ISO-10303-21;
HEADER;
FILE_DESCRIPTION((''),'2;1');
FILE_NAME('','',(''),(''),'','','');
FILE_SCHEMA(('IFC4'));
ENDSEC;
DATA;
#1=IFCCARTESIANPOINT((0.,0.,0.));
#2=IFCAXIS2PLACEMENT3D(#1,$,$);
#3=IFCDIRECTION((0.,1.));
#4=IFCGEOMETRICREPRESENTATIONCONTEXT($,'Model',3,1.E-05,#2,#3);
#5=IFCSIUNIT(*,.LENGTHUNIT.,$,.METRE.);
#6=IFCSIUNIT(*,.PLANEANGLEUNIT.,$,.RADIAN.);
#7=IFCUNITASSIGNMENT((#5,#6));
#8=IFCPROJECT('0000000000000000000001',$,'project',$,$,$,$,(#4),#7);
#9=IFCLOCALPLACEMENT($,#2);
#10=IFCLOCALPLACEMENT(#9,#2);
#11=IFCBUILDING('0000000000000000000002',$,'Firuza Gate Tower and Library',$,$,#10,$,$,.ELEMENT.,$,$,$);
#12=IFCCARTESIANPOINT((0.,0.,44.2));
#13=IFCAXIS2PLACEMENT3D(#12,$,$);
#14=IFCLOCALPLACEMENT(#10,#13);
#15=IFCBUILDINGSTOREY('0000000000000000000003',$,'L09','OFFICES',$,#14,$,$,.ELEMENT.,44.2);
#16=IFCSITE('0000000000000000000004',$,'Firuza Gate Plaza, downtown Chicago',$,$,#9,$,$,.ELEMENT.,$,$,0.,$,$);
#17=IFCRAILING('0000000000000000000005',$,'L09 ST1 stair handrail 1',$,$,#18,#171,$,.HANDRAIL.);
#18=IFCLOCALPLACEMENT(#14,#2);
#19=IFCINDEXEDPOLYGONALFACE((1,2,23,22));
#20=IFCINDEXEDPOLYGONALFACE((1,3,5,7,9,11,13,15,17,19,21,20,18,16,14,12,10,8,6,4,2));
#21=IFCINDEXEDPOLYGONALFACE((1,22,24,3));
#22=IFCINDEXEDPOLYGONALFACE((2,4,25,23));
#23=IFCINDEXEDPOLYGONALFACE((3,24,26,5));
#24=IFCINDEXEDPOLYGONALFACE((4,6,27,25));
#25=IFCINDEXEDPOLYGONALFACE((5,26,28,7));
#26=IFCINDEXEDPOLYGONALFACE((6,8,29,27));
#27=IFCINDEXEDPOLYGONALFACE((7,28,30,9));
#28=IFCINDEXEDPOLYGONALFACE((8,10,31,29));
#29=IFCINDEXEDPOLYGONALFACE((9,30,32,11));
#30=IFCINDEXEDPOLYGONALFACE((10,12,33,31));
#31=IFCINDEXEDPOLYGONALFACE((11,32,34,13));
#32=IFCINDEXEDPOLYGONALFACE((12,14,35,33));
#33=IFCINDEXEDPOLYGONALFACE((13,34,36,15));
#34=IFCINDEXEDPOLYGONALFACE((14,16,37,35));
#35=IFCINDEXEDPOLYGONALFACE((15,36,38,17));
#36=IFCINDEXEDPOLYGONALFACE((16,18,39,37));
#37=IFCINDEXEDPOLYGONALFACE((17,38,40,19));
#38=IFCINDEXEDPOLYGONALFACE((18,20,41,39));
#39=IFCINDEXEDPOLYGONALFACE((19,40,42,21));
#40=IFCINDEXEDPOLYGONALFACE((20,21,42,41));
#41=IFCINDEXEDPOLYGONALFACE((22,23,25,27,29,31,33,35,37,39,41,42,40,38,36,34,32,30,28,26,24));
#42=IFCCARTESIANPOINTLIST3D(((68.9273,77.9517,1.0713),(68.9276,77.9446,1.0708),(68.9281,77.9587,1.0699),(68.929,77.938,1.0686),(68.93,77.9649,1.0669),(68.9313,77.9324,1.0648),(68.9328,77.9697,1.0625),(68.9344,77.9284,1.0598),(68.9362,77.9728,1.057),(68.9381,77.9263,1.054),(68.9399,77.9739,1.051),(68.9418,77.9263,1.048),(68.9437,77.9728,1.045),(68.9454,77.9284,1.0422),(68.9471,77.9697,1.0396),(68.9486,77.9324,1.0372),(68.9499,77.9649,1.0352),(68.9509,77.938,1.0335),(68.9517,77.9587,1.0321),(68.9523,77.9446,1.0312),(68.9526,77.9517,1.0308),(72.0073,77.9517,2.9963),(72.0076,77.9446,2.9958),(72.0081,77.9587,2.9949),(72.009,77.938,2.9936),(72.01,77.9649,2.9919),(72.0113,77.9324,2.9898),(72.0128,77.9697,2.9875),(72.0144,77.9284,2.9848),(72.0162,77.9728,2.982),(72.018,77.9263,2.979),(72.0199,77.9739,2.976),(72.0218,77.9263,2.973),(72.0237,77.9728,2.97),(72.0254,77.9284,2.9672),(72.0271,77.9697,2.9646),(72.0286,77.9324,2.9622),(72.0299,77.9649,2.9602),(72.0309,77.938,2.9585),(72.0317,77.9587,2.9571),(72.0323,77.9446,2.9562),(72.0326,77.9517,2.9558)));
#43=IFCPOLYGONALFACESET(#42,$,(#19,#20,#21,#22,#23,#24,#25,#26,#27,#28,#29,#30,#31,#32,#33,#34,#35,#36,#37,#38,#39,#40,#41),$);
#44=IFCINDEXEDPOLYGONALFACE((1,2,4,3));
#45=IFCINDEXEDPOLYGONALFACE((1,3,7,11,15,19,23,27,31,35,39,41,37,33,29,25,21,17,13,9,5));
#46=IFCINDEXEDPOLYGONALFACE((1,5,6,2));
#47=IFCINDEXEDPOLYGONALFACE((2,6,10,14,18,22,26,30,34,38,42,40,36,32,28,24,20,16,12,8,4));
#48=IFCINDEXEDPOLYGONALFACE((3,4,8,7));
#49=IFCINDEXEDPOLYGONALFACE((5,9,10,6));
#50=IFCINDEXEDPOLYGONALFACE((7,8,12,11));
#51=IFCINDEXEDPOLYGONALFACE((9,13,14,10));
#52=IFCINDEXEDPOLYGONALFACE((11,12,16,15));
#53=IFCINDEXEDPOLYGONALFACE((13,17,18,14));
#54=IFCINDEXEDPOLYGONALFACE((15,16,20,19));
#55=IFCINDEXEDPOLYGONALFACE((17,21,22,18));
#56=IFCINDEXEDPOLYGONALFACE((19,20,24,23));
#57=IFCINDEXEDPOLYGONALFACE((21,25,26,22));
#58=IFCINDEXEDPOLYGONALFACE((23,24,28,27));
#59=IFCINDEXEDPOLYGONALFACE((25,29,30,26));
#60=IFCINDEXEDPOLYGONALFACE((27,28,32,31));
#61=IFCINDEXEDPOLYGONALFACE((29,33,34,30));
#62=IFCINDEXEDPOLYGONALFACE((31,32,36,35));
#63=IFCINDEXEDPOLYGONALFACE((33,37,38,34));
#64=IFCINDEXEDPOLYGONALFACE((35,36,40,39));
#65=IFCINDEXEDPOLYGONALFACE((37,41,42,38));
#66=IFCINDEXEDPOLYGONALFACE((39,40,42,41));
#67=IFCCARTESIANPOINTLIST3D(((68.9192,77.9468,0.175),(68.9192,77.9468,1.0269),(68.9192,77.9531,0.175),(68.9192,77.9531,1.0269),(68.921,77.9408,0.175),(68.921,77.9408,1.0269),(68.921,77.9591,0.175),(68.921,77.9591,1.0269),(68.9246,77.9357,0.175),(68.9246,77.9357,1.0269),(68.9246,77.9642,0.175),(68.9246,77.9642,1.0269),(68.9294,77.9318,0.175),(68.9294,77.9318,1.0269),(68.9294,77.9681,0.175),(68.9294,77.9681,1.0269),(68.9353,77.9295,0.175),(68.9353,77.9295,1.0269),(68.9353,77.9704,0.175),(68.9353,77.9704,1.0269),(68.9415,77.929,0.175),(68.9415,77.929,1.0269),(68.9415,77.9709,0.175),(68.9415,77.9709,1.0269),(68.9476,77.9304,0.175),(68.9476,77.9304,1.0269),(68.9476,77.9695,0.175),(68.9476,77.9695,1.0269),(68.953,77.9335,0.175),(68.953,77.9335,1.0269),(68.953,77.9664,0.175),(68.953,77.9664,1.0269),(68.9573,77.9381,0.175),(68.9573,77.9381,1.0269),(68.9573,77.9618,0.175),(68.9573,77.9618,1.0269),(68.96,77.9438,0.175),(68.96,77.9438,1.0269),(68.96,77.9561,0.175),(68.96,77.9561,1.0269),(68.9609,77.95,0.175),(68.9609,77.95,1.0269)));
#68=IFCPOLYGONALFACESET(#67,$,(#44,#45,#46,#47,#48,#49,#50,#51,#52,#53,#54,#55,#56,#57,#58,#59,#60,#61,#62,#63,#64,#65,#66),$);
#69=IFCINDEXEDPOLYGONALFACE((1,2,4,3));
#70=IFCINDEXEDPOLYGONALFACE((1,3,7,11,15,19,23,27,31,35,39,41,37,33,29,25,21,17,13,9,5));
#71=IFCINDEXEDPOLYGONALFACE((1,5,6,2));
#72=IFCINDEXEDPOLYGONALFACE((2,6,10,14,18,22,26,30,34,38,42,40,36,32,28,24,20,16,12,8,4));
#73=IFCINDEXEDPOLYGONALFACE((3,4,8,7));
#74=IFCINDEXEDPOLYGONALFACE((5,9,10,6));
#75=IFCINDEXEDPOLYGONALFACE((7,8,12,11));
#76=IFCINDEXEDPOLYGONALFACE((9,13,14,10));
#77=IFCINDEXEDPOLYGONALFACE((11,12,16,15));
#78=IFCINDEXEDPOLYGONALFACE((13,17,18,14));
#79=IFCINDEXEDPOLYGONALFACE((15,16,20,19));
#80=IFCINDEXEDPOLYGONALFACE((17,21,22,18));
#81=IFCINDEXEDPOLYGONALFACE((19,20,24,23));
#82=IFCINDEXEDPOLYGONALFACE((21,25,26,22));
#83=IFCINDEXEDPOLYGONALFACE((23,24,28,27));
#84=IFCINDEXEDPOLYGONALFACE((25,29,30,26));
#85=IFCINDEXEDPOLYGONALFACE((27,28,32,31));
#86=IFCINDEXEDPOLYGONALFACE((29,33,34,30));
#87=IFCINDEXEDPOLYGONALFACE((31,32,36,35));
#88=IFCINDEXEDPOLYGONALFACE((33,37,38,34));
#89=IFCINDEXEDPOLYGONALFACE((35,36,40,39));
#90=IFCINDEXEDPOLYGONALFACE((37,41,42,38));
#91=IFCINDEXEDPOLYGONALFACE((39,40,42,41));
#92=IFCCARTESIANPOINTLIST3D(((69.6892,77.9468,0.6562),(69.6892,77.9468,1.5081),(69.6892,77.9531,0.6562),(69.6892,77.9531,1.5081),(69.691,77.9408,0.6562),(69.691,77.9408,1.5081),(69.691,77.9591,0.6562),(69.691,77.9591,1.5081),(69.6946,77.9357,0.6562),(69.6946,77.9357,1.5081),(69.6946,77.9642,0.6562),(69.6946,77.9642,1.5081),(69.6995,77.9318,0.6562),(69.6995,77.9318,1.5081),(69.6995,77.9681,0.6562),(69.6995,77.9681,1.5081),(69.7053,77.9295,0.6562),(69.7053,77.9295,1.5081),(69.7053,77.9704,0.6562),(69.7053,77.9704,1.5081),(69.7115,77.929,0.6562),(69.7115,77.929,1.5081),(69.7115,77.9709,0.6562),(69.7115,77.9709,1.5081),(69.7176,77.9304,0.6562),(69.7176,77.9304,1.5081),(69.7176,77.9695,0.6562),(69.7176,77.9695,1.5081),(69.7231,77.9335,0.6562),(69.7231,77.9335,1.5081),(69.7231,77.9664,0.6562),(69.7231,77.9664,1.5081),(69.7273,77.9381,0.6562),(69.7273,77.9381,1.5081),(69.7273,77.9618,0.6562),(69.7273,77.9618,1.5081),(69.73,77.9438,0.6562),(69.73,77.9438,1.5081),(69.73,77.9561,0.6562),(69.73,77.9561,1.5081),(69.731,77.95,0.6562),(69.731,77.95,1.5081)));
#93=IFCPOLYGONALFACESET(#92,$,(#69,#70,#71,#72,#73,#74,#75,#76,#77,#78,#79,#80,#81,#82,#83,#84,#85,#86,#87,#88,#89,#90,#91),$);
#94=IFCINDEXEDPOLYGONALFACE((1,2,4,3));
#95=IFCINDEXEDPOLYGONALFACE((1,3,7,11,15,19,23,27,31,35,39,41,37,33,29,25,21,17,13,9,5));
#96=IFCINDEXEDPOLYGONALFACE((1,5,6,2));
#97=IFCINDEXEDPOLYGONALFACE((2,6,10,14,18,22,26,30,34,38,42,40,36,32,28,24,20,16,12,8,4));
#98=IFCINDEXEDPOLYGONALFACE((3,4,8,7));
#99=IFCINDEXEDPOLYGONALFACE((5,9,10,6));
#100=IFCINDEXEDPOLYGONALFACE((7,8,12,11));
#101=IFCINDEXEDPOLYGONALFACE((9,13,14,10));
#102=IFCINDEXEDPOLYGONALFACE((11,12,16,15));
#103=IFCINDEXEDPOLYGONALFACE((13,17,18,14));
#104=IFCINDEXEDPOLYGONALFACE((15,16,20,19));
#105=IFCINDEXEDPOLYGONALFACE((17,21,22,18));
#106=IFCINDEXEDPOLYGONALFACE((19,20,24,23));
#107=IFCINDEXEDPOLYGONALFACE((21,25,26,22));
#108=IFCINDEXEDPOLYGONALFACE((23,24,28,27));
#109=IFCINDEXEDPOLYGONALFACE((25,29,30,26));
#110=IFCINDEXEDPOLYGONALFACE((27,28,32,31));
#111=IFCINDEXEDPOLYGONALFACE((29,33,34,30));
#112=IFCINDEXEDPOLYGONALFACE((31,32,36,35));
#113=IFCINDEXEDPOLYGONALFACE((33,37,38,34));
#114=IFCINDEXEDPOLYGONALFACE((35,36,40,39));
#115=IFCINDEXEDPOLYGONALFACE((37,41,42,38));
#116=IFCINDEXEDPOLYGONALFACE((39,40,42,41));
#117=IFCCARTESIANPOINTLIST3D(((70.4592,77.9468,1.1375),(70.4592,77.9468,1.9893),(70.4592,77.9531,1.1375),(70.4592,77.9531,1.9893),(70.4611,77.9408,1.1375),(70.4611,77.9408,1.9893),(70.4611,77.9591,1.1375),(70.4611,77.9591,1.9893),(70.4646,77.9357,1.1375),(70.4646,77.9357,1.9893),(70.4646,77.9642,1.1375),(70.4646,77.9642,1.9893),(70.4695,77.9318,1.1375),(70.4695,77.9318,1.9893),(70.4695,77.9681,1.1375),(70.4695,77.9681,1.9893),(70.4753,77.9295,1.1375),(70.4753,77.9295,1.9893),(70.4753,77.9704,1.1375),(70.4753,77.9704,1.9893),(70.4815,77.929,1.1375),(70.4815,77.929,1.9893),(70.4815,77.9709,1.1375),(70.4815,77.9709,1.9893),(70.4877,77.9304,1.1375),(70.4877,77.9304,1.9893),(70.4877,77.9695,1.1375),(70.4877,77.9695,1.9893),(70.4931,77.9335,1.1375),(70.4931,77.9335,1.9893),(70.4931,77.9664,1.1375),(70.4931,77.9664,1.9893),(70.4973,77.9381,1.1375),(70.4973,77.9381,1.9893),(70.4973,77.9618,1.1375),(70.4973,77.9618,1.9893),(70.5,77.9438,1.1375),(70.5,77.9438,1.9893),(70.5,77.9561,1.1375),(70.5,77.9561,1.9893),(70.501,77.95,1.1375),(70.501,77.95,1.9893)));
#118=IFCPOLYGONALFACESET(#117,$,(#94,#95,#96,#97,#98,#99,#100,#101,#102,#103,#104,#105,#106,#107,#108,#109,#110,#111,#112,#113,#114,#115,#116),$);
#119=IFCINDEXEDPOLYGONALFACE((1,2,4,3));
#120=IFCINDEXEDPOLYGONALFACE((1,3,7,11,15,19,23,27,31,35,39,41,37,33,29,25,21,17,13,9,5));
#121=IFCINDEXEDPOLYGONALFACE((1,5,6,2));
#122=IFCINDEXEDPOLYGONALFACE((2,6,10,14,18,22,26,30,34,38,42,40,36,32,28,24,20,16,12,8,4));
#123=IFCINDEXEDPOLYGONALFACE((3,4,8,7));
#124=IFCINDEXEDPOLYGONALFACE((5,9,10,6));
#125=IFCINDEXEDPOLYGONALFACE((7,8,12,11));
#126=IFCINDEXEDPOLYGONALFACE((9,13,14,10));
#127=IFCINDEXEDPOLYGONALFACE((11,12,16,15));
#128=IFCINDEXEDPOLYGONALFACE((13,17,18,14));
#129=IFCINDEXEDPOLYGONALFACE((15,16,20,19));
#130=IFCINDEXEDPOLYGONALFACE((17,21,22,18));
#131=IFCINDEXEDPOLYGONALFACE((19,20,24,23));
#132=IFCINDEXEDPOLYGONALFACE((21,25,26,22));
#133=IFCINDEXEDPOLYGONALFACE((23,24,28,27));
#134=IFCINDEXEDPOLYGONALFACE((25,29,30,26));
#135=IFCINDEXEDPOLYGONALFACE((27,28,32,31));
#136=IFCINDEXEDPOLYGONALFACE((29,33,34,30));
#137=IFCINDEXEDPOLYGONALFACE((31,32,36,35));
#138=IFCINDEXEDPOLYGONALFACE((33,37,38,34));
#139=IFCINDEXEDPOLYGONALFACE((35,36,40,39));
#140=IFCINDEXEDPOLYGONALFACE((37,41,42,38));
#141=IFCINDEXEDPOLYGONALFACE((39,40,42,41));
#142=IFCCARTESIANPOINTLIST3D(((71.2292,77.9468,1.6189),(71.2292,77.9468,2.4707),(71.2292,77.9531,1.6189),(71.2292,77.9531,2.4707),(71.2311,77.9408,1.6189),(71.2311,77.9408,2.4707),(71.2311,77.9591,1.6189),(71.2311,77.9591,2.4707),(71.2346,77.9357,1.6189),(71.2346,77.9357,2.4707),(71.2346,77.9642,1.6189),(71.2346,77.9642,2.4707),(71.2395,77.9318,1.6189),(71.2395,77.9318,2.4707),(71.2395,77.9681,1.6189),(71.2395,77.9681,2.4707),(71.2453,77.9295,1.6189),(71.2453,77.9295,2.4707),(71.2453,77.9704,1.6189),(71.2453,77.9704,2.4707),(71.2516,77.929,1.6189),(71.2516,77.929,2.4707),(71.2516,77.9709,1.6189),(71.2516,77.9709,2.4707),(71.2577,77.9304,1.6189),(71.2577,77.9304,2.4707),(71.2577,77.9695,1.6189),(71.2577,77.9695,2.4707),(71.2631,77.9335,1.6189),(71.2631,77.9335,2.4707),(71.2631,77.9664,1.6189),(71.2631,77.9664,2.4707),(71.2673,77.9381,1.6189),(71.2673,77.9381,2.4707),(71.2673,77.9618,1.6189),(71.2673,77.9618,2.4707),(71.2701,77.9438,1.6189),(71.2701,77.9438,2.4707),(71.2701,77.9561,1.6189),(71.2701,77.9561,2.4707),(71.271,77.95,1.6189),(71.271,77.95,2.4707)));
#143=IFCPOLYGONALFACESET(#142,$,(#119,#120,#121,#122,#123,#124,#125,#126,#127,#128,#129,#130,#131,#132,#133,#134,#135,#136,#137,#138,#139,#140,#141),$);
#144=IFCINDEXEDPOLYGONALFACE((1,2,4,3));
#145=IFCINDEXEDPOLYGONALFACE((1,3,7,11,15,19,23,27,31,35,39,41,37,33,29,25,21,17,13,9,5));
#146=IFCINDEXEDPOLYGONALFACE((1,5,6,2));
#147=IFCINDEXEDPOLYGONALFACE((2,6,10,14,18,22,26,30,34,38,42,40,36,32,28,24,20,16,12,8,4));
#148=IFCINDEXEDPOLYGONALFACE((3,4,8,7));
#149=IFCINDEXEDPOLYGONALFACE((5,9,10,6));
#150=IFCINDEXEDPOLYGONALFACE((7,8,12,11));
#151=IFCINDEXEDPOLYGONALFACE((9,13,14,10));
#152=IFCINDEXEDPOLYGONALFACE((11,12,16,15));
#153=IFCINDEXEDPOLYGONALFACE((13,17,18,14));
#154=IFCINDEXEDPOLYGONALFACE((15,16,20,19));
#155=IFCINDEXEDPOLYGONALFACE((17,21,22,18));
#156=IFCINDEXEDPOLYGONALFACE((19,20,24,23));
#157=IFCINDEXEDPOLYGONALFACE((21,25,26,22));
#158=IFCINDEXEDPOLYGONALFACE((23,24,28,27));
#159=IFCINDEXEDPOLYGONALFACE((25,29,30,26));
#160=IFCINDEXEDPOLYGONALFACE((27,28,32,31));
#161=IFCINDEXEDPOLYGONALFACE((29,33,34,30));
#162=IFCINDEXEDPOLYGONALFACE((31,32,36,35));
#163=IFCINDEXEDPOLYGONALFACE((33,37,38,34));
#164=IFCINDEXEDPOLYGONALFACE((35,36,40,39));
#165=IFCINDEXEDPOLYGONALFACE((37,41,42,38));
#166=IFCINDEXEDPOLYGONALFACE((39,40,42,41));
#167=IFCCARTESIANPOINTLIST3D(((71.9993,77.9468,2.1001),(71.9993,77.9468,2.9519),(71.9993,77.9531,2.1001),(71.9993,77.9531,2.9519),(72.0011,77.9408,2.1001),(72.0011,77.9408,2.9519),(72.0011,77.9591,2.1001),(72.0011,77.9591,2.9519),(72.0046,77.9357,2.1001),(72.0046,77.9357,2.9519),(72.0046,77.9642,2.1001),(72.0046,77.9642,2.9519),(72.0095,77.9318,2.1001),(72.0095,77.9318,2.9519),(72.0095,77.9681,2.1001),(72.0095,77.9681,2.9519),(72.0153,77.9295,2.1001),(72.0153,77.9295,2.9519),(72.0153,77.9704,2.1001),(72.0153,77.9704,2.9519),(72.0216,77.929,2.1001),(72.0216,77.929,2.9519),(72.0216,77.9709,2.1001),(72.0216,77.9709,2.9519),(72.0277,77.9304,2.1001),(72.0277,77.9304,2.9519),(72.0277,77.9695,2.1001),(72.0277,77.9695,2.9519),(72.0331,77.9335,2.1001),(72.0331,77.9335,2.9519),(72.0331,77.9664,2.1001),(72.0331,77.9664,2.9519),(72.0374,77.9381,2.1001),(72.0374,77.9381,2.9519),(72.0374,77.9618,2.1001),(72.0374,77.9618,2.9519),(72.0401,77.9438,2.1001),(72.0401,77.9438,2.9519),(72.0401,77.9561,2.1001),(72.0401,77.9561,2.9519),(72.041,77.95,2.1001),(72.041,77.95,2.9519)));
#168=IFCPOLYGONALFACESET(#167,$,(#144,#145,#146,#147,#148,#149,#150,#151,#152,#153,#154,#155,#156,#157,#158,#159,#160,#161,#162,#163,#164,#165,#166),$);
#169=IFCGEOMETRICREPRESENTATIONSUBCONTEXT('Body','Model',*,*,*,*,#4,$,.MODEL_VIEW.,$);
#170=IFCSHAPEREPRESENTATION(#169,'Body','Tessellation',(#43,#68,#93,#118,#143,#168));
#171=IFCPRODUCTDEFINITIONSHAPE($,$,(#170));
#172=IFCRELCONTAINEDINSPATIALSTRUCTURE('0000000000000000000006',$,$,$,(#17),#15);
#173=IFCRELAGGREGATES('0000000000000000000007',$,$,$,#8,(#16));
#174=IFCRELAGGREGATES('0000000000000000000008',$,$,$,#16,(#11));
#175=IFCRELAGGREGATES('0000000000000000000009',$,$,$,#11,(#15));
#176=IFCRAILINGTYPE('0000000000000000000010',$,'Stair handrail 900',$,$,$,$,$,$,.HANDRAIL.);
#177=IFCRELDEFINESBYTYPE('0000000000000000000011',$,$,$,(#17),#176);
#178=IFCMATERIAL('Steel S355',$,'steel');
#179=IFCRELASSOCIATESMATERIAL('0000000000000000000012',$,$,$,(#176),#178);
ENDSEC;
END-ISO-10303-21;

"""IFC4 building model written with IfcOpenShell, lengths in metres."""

from ifc_helpers import new_model, si_unit, direction, frame, origin, origin_2d, place, context, subcontext, project, spatial, circle, extrude, material, type_object, element, save


model = new_model("IFC4")

# Units and contexts
model_context = context("Model", 3, precision=1e-05, world=origin(), true_north=direction((0.0, 1.0)))
body_context = subcontext(model_context, "Body", "Model", "MODEL_VIEW")
ifc_project = project(units=[si_unit("LENGTHUNIT", "METRE"), si_unit("PLANEANGLEUNIT", "RADIAN")], contexts=[model_context])

# Site, building, storey
site_placement = place(None, origin())
site = spatial("IfcSite", under=ifc_project, at=site_placement, Name="Firuza Gate Plaza, downtown Chicago", CompositionType="ELEMENT", RefElevation=0.0)
building_placement = place(site_placement, origin())
building = spatial("IfcBuilding", under=site, at=building_placement, Name="Firuza Gate Tower and Library", CompositionType="ELEMENT")
storey_placement = place(building_placement, frame((0.0, 0.0, 44.2)))
storey = spatial("IfcBuildingStorey", under=building, at=storey_placement, Name="L09", Description="OFFICES", CompositionType="ELEMENT", Elevation=44.2)

# Railing
ifc_material_1 = material(Name="Steel S355", Category="steel")
railing_type_1 = type_object("IfcRailingType", Name="Stair handrail 900", PredefinedType="HANDRAIL", material=ifc_material_1)
railing_1_placement = place(storey_placement, frame((68.9399, 77.95, 0.175)))
element("IfcRailing", 1, at=railing_1_placement, inside=storey, type_object=railing_type_1, Name="L09 ST1 stair handrail 1", PredefinedType="HANDRAIL", context=body_context, shape_type="SweptSolid", body=[
    extrude(circle(Radius=0.0239, at=origin_2d()), frame((0.0, 0.0, 0.876), z_axis=(0.847998, 0.0, 0.529999), x_axis=(0.0, 1.0, 0.0)), (0.0, 0.0, 1.0), 3.6321),
    extrude(circle(Radius=0.021, at=origin_2d()), origin(), (0.0, 0.0, 1.0), 0.8518),
    extrude(circle(Radius=0.021, at=origin_2d()), frame((0.77, 0.0, 0.4812)), (0.0, 0.0, 1.0), 0.8518),
    extrude(circle(Radius=0.021, at=origin_2d()), frame((1.54, 0.0, 0.9624)), (0.0, 0.0, 1.0), 0.8518),
    extrude(circle(Radius=0.021, at=origin_2d()), frame((2.3101, 0.0, 1.4438)), (0.0, 0.0, 1.0), 0.8518),
    extrude(circle(Radius=0.021, at=origin_2d()), frame((3.0801, 0.0, 1.925)), (0.0, 0.0, 1.0), 0.8518),
])

save(model, "model.ifc")
